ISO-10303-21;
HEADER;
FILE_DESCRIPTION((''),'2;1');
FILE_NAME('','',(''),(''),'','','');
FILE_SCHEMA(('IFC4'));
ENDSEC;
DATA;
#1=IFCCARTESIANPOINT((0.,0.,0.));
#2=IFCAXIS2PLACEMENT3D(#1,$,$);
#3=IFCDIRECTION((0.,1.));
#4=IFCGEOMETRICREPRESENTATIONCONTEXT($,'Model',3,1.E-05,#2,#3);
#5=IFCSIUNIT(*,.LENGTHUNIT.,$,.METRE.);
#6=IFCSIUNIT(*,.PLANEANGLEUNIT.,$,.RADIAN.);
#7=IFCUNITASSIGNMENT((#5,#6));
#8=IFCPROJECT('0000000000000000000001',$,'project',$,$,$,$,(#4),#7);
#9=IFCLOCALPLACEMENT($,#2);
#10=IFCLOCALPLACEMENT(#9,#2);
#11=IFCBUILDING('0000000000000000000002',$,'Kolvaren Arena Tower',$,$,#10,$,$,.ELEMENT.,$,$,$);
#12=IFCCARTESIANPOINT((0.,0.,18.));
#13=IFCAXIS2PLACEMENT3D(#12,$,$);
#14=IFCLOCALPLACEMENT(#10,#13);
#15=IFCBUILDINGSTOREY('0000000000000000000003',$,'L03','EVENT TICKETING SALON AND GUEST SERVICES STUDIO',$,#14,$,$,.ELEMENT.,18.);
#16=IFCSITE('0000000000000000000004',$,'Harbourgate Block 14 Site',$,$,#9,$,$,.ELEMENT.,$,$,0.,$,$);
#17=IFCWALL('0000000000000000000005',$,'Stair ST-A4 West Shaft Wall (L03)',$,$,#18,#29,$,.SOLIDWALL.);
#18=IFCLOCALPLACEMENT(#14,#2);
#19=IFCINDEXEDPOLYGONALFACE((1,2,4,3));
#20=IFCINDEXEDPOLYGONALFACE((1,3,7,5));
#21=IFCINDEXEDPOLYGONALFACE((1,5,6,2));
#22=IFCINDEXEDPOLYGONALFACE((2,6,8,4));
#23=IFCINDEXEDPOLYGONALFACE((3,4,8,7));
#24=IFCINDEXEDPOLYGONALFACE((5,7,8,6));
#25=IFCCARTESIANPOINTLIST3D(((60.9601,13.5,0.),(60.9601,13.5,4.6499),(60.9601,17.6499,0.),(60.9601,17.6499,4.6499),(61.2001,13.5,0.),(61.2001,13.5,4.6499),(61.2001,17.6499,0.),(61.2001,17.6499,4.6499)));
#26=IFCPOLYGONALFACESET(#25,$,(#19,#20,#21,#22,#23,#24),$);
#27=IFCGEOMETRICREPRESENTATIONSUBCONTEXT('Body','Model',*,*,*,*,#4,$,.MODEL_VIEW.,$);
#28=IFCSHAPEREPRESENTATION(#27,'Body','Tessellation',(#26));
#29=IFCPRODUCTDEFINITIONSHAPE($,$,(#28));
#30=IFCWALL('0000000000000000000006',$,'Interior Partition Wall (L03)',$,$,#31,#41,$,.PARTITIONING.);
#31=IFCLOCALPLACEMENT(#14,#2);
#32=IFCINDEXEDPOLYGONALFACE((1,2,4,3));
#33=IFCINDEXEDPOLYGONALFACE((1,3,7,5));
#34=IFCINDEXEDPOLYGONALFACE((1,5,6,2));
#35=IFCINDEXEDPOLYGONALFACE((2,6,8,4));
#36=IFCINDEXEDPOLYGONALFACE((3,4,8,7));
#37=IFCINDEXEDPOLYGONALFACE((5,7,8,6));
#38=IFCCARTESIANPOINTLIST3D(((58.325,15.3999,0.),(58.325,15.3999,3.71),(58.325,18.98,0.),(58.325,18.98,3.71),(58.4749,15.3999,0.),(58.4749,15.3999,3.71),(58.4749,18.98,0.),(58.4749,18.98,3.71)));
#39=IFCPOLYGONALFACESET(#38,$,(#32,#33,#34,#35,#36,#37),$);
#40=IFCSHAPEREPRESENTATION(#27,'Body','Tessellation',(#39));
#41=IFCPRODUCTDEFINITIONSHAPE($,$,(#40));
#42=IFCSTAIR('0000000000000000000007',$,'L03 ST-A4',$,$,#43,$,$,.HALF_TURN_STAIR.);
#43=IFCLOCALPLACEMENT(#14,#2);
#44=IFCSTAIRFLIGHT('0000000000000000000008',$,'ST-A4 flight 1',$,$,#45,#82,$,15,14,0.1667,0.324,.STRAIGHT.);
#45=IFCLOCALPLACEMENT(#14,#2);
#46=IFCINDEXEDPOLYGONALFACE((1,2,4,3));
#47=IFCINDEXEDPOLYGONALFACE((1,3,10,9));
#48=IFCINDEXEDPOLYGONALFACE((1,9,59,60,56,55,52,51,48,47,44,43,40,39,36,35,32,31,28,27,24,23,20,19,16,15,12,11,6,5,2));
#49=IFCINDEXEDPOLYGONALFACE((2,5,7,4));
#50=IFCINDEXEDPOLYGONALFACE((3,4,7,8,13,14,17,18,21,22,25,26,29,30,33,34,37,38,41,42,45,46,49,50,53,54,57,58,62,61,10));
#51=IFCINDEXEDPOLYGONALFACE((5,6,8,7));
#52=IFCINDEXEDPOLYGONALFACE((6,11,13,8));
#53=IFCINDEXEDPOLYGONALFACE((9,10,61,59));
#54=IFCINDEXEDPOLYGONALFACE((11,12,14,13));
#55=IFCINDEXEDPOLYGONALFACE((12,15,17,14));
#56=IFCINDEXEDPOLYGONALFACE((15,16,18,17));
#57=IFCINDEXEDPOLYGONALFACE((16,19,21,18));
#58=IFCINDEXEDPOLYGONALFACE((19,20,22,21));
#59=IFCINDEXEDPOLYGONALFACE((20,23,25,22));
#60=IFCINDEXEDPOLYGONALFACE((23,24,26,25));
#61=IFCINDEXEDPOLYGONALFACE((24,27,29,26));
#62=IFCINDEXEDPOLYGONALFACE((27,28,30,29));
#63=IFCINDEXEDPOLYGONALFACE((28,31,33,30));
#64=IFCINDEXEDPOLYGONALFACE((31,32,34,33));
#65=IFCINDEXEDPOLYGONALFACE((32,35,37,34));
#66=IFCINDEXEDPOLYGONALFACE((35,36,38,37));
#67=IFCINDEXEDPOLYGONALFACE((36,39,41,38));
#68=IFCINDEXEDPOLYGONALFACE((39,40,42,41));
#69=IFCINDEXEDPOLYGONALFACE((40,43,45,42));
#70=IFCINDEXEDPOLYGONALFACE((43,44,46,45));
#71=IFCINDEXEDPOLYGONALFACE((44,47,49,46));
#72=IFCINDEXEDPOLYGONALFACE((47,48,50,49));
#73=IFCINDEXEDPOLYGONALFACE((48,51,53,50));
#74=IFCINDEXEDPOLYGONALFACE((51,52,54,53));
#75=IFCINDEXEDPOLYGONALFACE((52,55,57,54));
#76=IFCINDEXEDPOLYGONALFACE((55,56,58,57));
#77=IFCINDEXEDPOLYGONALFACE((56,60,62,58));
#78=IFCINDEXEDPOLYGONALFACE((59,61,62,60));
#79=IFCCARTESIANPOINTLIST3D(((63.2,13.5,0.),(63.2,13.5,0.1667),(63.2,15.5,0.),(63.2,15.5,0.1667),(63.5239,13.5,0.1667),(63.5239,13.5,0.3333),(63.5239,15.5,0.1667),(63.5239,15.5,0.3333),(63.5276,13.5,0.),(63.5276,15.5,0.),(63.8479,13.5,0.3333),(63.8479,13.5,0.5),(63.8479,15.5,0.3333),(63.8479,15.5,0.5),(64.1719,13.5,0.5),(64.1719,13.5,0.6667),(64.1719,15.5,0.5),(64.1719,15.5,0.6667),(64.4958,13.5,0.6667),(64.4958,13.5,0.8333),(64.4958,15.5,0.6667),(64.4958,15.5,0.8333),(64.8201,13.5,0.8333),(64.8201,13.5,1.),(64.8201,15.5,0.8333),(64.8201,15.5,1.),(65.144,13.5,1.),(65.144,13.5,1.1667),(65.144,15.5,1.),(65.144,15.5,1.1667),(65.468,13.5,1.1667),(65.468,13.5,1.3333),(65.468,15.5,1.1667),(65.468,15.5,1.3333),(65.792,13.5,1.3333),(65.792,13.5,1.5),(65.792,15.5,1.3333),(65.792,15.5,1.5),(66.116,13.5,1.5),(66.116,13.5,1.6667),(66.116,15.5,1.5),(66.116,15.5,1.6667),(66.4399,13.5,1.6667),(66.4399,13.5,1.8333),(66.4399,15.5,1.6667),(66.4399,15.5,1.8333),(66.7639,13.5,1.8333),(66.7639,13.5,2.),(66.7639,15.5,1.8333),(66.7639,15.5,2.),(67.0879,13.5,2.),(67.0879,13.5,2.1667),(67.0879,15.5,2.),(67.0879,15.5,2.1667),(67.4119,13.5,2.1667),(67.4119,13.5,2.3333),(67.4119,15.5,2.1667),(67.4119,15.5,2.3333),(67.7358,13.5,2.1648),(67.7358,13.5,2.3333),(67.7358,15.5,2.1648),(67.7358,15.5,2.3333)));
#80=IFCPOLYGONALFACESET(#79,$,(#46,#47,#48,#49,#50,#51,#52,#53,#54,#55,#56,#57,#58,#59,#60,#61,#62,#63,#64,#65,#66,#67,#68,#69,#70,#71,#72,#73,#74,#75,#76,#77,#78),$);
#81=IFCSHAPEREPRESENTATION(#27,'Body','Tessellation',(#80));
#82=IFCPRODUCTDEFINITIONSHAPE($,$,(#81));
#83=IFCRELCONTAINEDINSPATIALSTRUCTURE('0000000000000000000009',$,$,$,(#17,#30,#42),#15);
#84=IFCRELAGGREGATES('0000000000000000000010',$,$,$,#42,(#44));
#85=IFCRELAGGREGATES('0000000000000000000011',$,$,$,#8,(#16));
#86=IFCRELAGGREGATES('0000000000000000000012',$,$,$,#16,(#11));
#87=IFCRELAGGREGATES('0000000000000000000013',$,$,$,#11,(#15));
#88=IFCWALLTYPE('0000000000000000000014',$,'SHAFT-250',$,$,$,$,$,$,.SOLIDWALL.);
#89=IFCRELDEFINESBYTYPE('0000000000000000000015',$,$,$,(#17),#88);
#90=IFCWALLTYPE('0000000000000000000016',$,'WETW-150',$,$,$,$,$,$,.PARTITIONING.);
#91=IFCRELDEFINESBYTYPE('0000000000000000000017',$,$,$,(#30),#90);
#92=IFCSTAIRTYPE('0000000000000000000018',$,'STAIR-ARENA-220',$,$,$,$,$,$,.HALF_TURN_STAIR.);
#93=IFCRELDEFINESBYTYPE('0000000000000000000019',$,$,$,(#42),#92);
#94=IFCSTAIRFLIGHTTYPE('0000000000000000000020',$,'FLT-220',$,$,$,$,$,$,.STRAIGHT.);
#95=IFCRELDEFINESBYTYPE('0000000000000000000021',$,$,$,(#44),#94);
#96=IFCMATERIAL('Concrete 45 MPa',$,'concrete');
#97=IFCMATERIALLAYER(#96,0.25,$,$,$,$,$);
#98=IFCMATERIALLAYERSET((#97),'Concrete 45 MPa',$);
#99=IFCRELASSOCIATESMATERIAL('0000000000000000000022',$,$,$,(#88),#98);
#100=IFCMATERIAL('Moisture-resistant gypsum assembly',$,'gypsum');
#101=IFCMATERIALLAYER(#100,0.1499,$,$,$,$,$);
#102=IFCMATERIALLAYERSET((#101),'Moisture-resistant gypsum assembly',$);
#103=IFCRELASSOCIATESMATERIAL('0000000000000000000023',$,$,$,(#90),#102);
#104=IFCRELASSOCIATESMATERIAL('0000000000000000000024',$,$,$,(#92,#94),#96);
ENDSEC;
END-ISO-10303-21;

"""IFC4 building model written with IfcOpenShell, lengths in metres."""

from ifc_helpers import new_model, si_unit, direction, frame, frame_2d, origin, place, context, subcontext, project, spatial, polyline, rectangle, outline, extrude, material, layer, layer_set, type_object, element, aggregate, save


model = new_model("IFC4")

# Units and contexts
model_context = context("Model", 3, precision=1e-05, world=origin(), true_north=direction((0.0, 1.0)))
body_context = subcontext(model_context, "Body", "Model", "MODEL_VIEW")
ifc_project = project(units=[si_unit("LENGTHUNIT", "METRE"), si_unit("PLANEANGLEUNIT", "RADIAN")], contexts=[model_context])

# Site, building, storey
site_placement = place(None, origin())
site = spatial("IfcSite", under=ifc_project, at=site_placement, Name="Harbourgate Block 14 Site", CompositionType="ELEMENT", RefElevation=0.0)
building_placement = place(site_placement, origin())
building = spatial("IfcBuilding", under=site, at=building_placement, Name="Kolvaren Arena Tower", CompositionType="ELEMENT")
storey_placement = place(building_placement, frame((0.0, 0.0, 18.0)))
storey = spatial("IfcBuildingStorey", under=building, at=storey_placement, Name="L03", Description="EVENT TICKETING SALON AND GUEST SERVICES STUDIO", CompositionType="ELEMENT", Elevation=18.0)

# Walls
ifc_material_1 = material(Name="Concrete 45 MPa", Category="concrete")
ifc_layer_1 = layer(ifc_material_1, 0.25)
ifc_layer_set_1 = layer_set([ifc_layer_1], Name="Concrete 45 MPa")
wall_type_1 = type_object("IfcWallType", Name="SHAFT-250", PredefinedType="SOLIDWALL", material=ifc_layer_set_1)
wall_1_placement = place(storey_placement, frame((61.0801, 13.5, 0.0), z_axis=(0.0, 0.0, 1.0), x_axis=(0.0, 1.0, 0.0)))
element("IfcWall", 1, at=wall_1_placement, inside=storey, type_object=wall_type_1, Name="Stair ST-A4 West Shaft Wall (L03)", PredefinedType="SOLIDWALL", context=body_context, shape_type="SweptSolid", body=[
    extrude(rectangle(XDim=4.1499, YDim=0.24, at=frame_2d((2.075, 0.0))), origin(), (0.0, 0.0, 1.0), 4.6499),
])
ifc_material_2 = material(Name="Moisture-resistant gypsum assembly", Category="gypsum")
ifc_layer_2 = layer(ifc_material_2, 0.1499)
ifc_layer_set_2 = layer_set([ifc_layer_2], Name="Moisture-resistant gypsum assembly")
wall_type_2 = type_object("IfcWallType", Name="WETW-150", PredefinedType="PARTITIONING", material=ifc_layer_set_2)
wall_2_placement = place(storey_placement, frame((58.3999, 15.3999, 0.0), z_axis=(0.0, 0.0, 1.0), x_axis=(0.0, 1.0, 0.0)))
element("IfcWall", 2, at=wall_2_placement, inside=storey, type_object=wall_type_2, Name="Interior Partition Wall (L03)", PredefinedType="PARTITIONING", context=body_context, shape_type="SweptSolid", body=[
    extrude(rectangle(XDim=3.5801, YDim=0.1499, at=frame_2d((1.79, 0.0))), origin(), (0.0, 0.0, 1.0), 3.71),
])

# Stair, stair flight
stair_type = type_object("IfcStairType", Name="STAIR-ARENA-220", PredefinedType="HALF_TURN_STAIR", material=ifc_material_1)
stair_placement = place(storey_placement, origin())
stair = element("IfcStair", 3, at=stair_placement, inside=storey, type_object=stair_type, Name="L03 ST-A4", PredefinedType="HALF_TURN_STAIR")
stair_flight_type = type_object("IfcStairFlightType", Name="FLT-220", PredefinedType="STRAIGHT", material=ifc_material_1)
stair_flight_placement = place(storey_placement, frame((63.2, 14.5, 0.0), z_axis=(0.0, 0.0, 1.0), x_axis=(1.0, 0.0, 0.0)))
stair_flight = element("IfcStairFlight", 4, at=stair_flight_placement, type_object=stair_flight_type, Name="ST-A4 flight 1", NumberOfRisers=15, NumberOfTreads=14, PredefinedType="STRAIGHT", RiserHeight=0.1667, TreadLength=0.324, context=body_context, shape_type="SweptSolid", body=[
    extrude(outline(polyline([(0.0, 0.0), (0.0, 0.1667), (0.324, 0.1667), (0.324, 0.3333), (0.6479, 0.3333), (0.6479, 0.5), (0.9719, 0.5), (0.9719, 0.6667), (1.2959, 0.6667), (1.2959, 0.8333), (1.6201, 0.8333), (1.6201, 1.0), (1.9441, 1.0), (1.9441, 1.1667), (2.2681, 1.1667), (2.2681, 1.3333), (2.592, 1.3333), (2.592, 1.5), (2.916, 1.5), (2.916, 1.6667), (3.24, 1.6667), (3.24, 1.8333), (3.564, 1.8333), (3.564, 2.0), (3.8879, 2.0), (3.8879, 2.1667), (4.2119, 2.1667), (4.2119, 2.3333), (4.5359, 2.3333), (4.5359, 2.5), (4.5359, 2.1648), (0.3276, 0.0), (0.0, 0.0)])), frame((0.0, 1.0, 0.0), z_axis=(0.0, -1.0, 0.0), x_axis=(1.0, 0.0, 0.0)), (0.0, 0.0, 1.0), 2.0),
])
aggregate(stair, [stair_flight])

save(model, "model.ifc")
